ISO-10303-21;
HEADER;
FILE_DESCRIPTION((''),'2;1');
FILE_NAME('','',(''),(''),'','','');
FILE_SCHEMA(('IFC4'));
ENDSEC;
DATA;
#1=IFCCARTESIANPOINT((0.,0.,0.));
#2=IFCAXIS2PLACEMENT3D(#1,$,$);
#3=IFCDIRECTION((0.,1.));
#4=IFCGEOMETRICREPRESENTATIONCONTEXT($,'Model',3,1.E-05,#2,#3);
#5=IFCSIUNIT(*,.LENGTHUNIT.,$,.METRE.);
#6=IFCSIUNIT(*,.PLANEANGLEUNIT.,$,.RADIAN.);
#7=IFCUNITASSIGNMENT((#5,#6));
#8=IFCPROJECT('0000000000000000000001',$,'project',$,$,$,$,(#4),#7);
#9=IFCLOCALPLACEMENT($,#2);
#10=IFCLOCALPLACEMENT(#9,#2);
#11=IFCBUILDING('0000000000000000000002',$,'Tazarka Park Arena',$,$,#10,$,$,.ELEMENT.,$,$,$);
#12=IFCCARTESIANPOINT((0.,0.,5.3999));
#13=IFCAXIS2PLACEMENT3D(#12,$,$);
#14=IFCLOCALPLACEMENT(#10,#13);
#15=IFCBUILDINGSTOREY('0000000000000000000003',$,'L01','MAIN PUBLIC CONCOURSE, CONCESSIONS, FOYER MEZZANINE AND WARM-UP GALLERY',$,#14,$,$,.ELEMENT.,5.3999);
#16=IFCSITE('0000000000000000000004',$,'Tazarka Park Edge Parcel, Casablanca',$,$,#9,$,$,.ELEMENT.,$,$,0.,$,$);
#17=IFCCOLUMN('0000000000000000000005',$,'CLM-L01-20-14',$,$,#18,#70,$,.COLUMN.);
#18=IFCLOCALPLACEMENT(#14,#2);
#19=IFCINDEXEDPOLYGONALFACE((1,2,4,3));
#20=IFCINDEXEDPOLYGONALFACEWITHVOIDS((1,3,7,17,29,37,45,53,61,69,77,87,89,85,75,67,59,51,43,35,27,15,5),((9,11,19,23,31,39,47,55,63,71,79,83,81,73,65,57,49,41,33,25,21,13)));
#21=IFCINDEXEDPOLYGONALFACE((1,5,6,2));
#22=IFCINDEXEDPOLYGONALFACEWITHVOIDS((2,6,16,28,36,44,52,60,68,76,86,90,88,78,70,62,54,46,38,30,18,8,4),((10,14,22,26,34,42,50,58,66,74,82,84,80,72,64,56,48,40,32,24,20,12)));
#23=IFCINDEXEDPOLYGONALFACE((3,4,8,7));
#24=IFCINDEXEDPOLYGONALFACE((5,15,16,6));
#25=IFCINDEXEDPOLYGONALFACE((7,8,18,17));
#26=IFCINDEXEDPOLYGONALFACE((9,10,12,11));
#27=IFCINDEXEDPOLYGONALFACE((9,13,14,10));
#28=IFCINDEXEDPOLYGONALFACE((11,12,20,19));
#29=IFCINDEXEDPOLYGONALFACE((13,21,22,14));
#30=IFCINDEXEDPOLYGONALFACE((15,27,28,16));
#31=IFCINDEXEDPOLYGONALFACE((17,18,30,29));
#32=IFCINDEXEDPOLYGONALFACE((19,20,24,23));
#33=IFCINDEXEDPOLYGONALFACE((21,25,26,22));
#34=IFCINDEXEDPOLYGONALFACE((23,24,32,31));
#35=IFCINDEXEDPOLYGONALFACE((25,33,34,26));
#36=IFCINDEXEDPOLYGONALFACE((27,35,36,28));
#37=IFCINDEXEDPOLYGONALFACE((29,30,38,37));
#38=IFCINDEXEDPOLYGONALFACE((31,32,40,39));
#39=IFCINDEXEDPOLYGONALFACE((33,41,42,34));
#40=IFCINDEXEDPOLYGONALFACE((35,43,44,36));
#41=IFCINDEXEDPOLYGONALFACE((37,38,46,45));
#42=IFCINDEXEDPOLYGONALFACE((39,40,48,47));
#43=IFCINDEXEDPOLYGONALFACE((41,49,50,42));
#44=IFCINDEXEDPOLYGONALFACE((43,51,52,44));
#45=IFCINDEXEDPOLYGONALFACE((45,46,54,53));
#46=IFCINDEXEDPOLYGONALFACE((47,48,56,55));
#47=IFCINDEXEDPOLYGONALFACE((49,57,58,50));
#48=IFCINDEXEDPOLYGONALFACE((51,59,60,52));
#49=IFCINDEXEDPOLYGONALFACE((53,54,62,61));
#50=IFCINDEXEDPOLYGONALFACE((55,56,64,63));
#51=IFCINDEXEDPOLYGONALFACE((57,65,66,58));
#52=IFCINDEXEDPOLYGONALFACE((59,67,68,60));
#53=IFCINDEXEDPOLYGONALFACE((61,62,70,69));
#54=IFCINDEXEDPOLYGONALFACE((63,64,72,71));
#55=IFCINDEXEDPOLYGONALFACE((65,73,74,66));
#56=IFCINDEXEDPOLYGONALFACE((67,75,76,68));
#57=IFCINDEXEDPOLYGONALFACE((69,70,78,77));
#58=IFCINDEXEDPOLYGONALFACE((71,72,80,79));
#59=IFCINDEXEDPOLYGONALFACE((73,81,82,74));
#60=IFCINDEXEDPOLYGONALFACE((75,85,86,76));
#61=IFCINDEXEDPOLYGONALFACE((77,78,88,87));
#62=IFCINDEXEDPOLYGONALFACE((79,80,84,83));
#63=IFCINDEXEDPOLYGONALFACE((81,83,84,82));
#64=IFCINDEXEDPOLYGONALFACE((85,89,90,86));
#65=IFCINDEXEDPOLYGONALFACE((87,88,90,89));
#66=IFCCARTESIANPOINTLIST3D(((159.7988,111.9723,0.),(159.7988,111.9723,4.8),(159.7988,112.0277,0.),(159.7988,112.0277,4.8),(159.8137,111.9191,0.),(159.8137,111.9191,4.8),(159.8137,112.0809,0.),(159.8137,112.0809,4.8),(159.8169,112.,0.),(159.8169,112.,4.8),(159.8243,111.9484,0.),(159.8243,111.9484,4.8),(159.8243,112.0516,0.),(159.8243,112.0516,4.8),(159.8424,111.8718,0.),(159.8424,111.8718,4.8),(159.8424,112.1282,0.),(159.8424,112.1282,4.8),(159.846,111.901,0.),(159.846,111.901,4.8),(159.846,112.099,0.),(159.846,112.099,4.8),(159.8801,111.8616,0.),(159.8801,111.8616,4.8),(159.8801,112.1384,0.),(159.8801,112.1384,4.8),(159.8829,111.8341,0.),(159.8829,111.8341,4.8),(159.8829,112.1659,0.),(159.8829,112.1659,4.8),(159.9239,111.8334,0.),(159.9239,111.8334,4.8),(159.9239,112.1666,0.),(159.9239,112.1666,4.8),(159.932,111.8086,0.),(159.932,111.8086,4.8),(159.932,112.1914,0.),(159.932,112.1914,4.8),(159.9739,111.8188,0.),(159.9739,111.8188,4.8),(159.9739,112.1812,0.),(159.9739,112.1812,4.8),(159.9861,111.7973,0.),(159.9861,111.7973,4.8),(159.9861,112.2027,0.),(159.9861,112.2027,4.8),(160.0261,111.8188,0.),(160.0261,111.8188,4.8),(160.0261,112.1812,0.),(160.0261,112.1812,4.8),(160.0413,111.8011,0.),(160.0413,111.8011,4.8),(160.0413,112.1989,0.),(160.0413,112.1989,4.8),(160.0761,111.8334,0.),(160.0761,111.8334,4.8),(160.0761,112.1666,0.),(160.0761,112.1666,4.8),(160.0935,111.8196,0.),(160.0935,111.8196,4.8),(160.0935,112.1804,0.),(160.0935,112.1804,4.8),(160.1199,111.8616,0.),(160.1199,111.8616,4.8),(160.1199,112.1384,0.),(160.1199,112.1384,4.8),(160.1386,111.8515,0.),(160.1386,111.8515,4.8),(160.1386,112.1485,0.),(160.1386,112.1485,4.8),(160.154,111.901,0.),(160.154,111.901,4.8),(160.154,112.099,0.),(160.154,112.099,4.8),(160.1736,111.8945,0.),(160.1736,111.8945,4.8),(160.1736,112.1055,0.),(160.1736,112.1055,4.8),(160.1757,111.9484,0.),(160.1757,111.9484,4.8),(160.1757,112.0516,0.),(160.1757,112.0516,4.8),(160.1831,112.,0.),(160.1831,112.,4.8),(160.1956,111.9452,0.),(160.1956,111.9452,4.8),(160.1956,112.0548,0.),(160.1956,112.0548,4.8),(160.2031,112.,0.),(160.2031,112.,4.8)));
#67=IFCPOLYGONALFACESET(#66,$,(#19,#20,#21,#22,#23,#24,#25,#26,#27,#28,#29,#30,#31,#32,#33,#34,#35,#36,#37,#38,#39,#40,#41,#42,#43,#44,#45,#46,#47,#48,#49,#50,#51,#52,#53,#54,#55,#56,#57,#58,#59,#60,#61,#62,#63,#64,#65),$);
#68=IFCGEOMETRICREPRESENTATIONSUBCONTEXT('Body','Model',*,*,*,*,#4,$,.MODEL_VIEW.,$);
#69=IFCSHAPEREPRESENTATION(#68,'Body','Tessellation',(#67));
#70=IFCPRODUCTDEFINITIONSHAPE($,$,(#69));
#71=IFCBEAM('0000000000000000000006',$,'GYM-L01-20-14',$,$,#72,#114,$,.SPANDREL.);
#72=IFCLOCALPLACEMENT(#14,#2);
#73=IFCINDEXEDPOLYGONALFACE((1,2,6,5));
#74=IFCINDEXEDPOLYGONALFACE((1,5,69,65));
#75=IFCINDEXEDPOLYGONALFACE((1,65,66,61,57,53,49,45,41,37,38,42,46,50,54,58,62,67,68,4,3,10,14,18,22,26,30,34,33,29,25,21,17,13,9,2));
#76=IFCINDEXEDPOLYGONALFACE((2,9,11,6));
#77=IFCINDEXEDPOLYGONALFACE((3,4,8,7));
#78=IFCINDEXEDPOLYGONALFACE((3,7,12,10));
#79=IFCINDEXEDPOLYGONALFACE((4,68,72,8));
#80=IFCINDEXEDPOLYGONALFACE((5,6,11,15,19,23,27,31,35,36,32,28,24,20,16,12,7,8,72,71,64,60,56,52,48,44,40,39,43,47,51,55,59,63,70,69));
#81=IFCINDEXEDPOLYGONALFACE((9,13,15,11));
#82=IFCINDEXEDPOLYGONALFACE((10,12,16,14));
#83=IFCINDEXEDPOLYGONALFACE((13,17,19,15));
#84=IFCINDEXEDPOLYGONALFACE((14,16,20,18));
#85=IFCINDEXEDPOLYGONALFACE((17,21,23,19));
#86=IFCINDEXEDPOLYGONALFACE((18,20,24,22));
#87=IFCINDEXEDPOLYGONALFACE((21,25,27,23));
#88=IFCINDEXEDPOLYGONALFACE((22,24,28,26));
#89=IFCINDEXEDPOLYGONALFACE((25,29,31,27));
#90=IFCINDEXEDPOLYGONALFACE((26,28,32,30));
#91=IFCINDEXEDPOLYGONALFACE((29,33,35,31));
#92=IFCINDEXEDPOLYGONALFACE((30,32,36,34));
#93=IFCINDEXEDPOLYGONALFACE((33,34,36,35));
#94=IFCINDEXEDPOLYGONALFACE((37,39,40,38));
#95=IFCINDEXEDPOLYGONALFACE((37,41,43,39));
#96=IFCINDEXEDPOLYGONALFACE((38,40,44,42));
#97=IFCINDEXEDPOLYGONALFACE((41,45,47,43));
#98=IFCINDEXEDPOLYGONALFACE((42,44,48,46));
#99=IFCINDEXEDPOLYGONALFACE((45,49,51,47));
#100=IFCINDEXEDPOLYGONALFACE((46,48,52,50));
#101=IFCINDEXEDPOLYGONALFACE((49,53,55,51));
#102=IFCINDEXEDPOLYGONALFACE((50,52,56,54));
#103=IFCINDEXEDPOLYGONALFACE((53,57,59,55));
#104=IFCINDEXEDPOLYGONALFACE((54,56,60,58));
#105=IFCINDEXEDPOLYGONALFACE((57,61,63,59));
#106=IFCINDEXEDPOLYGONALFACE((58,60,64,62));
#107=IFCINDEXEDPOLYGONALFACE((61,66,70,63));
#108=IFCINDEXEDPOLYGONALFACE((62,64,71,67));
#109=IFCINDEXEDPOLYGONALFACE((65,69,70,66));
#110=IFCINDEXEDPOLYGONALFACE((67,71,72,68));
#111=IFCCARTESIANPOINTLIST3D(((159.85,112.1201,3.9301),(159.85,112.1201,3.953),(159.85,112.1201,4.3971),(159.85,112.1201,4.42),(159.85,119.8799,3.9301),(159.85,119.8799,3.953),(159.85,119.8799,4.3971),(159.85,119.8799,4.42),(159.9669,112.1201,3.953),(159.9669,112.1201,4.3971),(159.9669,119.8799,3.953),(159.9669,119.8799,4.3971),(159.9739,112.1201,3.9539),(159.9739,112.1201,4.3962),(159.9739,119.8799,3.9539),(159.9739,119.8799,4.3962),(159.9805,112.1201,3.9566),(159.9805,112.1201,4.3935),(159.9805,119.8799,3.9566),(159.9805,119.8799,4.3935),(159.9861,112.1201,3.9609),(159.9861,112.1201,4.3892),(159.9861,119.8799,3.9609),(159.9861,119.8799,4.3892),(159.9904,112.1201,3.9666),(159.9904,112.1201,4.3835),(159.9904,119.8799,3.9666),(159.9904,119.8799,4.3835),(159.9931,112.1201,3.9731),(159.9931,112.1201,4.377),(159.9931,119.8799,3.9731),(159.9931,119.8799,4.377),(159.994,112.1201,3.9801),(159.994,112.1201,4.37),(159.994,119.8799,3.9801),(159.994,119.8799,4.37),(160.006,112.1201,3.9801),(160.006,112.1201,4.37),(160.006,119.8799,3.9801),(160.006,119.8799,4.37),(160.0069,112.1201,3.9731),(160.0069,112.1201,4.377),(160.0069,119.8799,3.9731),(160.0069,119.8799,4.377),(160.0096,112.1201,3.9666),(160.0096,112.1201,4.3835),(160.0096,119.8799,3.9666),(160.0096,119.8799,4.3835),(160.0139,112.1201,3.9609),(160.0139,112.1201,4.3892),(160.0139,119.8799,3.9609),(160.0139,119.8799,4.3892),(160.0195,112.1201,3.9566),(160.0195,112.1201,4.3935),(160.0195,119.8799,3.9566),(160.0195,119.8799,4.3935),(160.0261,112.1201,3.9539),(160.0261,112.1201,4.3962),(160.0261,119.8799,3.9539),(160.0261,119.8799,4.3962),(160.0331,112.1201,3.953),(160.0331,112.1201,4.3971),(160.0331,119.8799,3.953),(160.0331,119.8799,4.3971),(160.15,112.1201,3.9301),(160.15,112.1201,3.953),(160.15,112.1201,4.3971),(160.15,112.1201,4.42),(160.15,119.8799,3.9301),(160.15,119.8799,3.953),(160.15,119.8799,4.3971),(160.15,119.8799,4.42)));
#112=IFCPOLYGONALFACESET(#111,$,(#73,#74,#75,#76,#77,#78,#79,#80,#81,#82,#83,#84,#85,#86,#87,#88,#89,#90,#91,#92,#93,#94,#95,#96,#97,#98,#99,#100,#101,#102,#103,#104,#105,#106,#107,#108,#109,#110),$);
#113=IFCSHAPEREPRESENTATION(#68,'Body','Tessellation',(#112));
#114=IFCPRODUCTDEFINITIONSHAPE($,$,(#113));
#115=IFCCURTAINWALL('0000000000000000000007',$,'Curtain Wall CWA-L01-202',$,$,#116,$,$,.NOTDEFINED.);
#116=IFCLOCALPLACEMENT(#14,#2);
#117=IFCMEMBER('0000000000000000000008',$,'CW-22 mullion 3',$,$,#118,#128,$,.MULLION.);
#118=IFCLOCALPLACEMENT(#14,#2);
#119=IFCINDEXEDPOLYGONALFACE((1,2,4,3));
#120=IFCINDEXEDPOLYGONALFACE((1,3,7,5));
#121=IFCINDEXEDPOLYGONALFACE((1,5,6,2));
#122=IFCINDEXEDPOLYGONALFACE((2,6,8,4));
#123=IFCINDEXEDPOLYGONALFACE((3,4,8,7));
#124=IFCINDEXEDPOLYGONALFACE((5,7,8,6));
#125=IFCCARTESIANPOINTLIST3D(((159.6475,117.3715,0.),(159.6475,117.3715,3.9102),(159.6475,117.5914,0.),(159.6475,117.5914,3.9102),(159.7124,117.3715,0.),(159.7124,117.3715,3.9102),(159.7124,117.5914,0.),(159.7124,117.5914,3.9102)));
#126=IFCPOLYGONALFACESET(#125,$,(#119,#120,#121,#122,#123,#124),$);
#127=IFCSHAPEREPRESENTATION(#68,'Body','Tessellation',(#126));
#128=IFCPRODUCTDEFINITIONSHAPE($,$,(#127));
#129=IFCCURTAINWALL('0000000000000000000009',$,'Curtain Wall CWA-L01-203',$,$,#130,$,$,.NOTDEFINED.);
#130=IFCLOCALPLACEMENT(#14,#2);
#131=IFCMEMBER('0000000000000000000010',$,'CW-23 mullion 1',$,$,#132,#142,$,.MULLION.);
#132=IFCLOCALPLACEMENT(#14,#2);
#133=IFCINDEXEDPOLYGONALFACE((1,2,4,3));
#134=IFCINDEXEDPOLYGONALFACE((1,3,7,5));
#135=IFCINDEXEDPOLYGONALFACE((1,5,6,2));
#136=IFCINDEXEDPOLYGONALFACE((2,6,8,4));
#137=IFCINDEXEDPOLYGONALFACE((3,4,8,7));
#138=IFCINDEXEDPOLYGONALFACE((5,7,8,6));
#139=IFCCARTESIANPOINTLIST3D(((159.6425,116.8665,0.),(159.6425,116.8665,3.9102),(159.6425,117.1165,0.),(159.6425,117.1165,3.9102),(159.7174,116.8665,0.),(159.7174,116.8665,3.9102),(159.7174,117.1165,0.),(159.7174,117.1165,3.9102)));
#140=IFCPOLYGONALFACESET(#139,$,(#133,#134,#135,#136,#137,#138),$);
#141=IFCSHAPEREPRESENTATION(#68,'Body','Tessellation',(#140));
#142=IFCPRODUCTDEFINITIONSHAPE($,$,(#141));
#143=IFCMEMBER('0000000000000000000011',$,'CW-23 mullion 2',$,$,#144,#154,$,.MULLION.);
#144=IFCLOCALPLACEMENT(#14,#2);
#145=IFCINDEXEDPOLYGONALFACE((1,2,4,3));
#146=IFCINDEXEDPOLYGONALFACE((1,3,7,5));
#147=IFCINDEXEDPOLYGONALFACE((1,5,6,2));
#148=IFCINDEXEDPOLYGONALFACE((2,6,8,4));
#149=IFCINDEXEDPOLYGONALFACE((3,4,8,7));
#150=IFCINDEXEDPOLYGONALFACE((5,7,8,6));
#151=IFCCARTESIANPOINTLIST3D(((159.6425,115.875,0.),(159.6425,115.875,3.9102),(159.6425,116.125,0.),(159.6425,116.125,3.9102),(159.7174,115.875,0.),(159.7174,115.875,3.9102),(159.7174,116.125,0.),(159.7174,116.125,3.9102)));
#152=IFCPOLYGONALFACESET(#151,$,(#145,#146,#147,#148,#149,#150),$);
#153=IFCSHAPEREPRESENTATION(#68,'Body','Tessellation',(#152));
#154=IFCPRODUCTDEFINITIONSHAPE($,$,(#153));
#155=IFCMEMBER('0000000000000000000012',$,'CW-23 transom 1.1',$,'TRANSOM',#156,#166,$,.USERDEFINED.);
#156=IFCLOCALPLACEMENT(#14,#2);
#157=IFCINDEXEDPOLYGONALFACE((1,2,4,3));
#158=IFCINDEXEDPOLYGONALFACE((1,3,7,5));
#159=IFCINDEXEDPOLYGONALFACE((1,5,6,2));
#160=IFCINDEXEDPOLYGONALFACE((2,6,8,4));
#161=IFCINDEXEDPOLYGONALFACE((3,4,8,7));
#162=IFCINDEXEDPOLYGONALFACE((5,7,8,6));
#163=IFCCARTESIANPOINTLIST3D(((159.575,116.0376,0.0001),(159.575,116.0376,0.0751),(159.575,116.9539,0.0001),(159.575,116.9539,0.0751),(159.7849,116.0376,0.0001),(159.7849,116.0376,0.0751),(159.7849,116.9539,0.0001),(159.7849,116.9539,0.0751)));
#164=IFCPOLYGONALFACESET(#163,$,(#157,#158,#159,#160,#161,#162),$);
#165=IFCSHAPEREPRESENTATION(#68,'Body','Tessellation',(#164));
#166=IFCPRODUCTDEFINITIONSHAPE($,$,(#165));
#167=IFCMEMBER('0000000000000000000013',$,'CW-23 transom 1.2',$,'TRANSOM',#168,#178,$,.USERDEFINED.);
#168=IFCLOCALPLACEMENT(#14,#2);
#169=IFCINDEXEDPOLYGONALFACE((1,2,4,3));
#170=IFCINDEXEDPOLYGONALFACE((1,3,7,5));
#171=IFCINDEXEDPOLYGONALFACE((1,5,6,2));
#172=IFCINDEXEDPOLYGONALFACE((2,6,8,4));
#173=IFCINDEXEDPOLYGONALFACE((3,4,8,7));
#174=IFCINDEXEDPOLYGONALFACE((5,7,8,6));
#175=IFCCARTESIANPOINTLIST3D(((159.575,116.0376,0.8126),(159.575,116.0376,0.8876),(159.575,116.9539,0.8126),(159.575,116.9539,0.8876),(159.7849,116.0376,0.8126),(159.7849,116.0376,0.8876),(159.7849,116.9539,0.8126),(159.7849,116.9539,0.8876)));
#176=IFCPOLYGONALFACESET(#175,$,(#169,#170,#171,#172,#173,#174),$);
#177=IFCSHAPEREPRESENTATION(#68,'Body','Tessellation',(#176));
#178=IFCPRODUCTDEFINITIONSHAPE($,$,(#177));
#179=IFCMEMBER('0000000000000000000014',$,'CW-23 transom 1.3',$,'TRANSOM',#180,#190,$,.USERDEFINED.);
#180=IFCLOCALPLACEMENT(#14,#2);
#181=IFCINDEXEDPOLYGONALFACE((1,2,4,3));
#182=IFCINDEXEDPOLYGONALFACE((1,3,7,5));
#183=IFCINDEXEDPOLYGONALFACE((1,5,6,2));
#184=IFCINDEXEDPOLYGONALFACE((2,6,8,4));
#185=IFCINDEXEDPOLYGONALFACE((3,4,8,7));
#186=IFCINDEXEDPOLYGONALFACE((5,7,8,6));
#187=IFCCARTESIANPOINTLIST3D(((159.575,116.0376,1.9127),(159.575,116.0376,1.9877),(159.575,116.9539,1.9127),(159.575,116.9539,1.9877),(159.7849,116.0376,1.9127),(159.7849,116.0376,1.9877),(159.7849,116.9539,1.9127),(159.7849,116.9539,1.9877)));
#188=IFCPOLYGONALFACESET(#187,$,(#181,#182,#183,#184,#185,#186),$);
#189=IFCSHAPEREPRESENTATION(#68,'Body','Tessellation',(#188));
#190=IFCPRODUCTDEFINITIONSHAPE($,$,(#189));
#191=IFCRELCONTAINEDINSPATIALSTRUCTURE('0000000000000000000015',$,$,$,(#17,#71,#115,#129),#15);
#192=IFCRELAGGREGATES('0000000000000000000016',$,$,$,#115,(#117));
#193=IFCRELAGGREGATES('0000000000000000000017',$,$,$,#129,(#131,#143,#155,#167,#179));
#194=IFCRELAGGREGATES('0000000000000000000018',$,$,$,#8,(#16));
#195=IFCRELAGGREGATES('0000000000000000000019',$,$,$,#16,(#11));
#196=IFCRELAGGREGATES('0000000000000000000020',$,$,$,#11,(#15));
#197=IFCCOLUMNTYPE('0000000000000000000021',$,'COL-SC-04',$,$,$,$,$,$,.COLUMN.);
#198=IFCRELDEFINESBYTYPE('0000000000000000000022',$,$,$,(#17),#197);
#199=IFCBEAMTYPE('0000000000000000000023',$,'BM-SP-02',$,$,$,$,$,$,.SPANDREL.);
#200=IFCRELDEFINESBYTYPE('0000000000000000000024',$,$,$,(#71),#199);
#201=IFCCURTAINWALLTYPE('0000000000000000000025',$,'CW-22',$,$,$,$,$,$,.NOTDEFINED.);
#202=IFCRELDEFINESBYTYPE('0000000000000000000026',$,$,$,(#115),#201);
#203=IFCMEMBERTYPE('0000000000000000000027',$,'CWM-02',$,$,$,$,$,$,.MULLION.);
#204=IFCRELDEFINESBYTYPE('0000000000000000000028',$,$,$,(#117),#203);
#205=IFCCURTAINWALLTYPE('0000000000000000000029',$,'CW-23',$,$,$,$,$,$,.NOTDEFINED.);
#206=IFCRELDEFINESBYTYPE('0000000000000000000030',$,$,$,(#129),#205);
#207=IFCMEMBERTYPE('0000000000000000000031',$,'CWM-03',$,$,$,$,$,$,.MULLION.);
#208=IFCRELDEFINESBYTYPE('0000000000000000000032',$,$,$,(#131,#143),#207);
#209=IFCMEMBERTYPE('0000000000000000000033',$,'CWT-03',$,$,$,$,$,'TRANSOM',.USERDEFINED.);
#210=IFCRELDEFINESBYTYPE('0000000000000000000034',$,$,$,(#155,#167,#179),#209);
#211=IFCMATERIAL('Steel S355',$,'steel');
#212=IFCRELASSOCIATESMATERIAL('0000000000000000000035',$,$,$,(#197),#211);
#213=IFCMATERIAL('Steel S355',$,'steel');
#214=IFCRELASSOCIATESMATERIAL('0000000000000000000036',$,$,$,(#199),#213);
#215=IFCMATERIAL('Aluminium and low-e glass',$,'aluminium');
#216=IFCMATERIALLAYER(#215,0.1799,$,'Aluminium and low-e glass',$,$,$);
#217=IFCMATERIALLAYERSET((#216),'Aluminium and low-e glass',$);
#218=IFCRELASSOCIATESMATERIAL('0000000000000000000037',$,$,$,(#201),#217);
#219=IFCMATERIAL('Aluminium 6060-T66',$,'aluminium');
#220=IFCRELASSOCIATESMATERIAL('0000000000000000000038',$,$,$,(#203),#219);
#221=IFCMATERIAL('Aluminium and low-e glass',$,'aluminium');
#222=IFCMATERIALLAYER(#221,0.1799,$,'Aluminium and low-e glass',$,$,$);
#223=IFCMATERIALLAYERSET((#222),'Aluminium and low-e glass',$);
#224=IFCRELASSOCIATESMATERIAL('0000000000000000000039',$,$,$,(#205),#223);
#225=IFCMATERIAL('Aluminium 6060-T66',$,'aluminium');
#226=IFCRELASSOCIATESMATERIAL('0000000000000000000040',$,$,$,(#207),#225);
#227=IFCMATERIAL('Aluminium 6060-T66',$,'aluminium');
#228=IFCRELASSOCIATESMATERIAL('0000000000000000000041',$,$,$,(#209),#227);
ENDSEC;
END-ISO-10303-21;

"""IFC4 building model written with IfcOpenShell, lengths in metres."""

from ifc_helpers import new_model, si_unit, direction, frame, origin, origin_2d, place, context, subcontext, project, spatial, rectangle, hollow_circle, i_section, extrude, material, layer, layer_set, material_profile, profile_set, type_object, element, aggregate, save


model = new_model("IFC4")

# Units and contexts
model_context = context("Model", 3, precision=1e-05, world=origin(), true_north=direction((0.0, 1.0)))
body_context = subcontext(model_context, "Body", "Model", "MODEL_VIEW")
ifc_project = project(units=[si_unit("LENGTHUNIT", "METRE"), si_unit("PLANEANGLEUNIT", "RADIAN")], contexts=[model_context])

# Site, building, storey
site_placement = place(None, origin())
site = spatial("IfcSite", under=ifc_project, at=site_placement, Name="Tazarka Park Edge Parcel, Casablanca", CompositionType="ELEMENT", RefElevation=0.0)
building_placement = place(site_placement, origin())
building = spatial("IfcBuilding", under=site, at=building_placement, Name="Tazarka Park Arena", CompositionType="ELEMENT")
storey_placement = place(building_placement, frame((0.0, 0.0, 5.3999)))
storey = spatial("IfcBuildingStorey", under=building, at=storey_placement, Name="L01", Description="MAIN PUBLIC CONCOURSE, CONCESSIONS, FOYER MEZZANINE AND WARM-UP GALLERY", CompositionType="ELEMENT", Elevation=5.3999)

# Column
ifc_material_1 = material(Name="Steel S355", Category="steel")
ifc_material_profile_1 = material_profile(ifc_material_1, hollow_circle(Radius=0.2031, WallThickness=0.02, at=origin_2d()), Name="Steel S355")
ifc_profile_set_1 = profile_set([ifc_material_profile_1], Name="Steel S355")
column_type = type_object("IfcColumnType", Name="COL-SC-04", PredefinedType="COLUMN", material=ifc_profile_set_1)
column_placement = place(storey_placement, frame((160.0, 112.0, 0.0), z_axis=(0.0, 0.0, 1.0), x_axis=(1.0, 0.0, 0.0)))
element("IfcColumn", 1, at=column_placement, inside=storey, type_object=column_type, Name="CLM-L01-20-14", PredefinedType="COLUMN", context=body_context, shape_type="SweptSolid", body=[
    extrude(hollow_circle(Radius=0.2031, WallThickness=0.02, at=origin_2d()), origin(), (0.0, 0.0, 1.0), 4.8),
])

# Beam
ifc_material_2 = material(Name="Steel S355", Category="steel")
ifc_material_profile_2 = material_profile(ifc_material_2, i_section(OverallWidth=0.3, OverallDepth=0.49, WebThickness=0.012, FlangeThickness=0.0229, FilletRadius=0.0271, at=origin_2d()), Name="Steel S355")
ifc_profile_set_2 = profile_set([ifc_material_profile_2], Name="Steel S355")
beam_type = type_object("IfcBeamType", Name="BM-SP-02", PredefinedType="SPANDREL", material=ifc_profile_set_2)
beam_placement = place(storey_placement, frame((160.0, 112.1201, 4.175), z_axis=(0.0, 1.0, 0.0), x_axis=(-1.0, 0.0, 0.0)))
element("IfcBeam", 2, at=beam_placement, inside=storey, type_object=beam_type, Name="GYM-L01-20-14", PredefinedType="SPANDREL", context=body_context, shape_type="SweptSolid", body=[
    extrude(i_section(OverallWidth=0.3, OverallDepth=0.49, WebThickness=0.012, FlangeThickness=0.0229, FilletRadius=0.0271, at=origin_2d()), origin(), (0.0, 0.0, 1.0), 7.7598),
])

# Curtain wall, member
ifc_material_3 = material(Name="Aluminium and low-e glass", Category="aluminium")
ifc_layer_1 = layer(ifc_material_3, 0.1799, Name="Aluminium and low-e glass")
ifc_layer_set_1 = layer_set([ifc_layer_1], Name="Aluminium and low-e glass")
curtain_wall_type_1 = type_object("IfcCurtainWallType", Name="CW-22", PredefinedType="NOTDEFINED", material=ifc_layer_set_1)
curtain_wall_1_placement = place(storey_placement, origin())
curtain_wall_1 = element("IfcCurtainWall", 3, at=curtain_wall_1_placement, inside=storey, type_object=curtain_wall_type_1, Name="Curtain Wall CWA-L01-202", PredefinedType="NOTDEFINED")
ifc_material_4 = material(Name="Aluminium 6060-T66", Category="aluminium")
ifc_material_profile_3 = material_profile(ifc_material_4, rectangle(XDim=0.0649, YDim=0.22, at=origin_2d()), Name="Aluminium 6060-T66")
ifc_profile_set_3 = profile_set([ifc_material_profile_3], Name="Aluminium 6060-T66")
member_type_1 = type_object("IfcMemberType", Name="CWM-02", PredefinedType="MULLION", material=ifc_profile_set_3)
member_1_placement = place(storey_placement, frame((159.6799, 117.4814, 0.0), z_axis=(0.0, 0.0, 1.0), x_axis=(1.0, 0.0, 0.0)))
member_1 = element("IfcMember", 4, at=member_1_placement, type_object=member_type_1, Name="CW-22 mullion 3", PredefinedType="MULLION", context=body_context, shape_type="SweptSolid", body=[
    extrude(rectangle(XDim=0.0649, YDim=0.22, at=origin_2d()), origin(), (0.0, 0.0, 1.0), 3.9102),
])

# Curtain wall, members
ifc_material_5 = material(Name="Aluminium and low-e glass", Category="aluminium")
ifc_layer_2 = layer(ifc_material_5, 0.1799, Name="Aluminium and low-e glass")
ifc_layer_set_2 = layer_set([ifc_layer_2], Name="Aluminium and low-e glass")
curtain_wall_type_2 = type_object("IfcCurtainWallType", Name="CW-23", PredefinedType="NOTDEFINED", material=ifc_layer_set_2)
curtain_wall_2_placement = place(storey_placement, origin())
curtain_wall_2 = element("IfcCurtainWall", 5, at=curtain_wall_2_placement, inside=storey, type_object=curtain_wall_type_2, Name="Curtain Wall CWA-L01-203", PredefinedType="NOTDEFINED")
ifc_material_6 = material(Name="Aluminium 6060-T66", Category="aluminium")
ifc_material_profile_4 = material_profile(ifc_material_6, rectangle(XDim=0.075, YDim=0.25, at=origin_2d()), Name="Aluminium 6060-T66")
ifc_profile_set_4 = profile_set([ifc_material_profile_4], Name="Aluminium 6060-T66")
member_type_2 = type_object("IfcMemberType", Name="CWM-03", PredefinedType="MULLION", material=ifc_profile_set_4)
member_2_placement = place(storey_placement, frame((159.6799, 116.9915, 0.0), z_axis=(0.0, 0.0, 1.0), x_axis=(1.0, 0.0, 0.0)))
member_2 = element("IfcMember", 6, at=member_2_placement, type_object=member_type_2, Name="CW-23 mullion 1", PredefinedType="MULLION", context=body_context, shape_type="SweptSolid", body=[
    extrude(rectangle(XDim=0.075, YDim=0.25, at=origin_2d()), origin(), (0.0, 0.0, 1.0), 3.9102),
])
member_3_placement = place(storey_placement, frame((159.6799, 116.0, 0.0), z_axis=(0.0, 0.0, 1.0), x_axis=(1.0, 0.0, 0.0)))
member_3 = element("IfcMember", 7, at=member_3_placement, type_object=member_type_2, Name="CW-23 mullion 2", PredefinedType="MULLION", context=body_context, shape_type="SweptSolid", body=[
    extrude(rectangle(XDim=0.075, YDim=0.25, at=origin_2d()), origin(), (0.0, 0.0, 1.0), 3.9102),
])
ifc_material_7 = material(Name="Aluminium 6060-T66", Category="aluminium")
ifc_material_profile_5 = material_profile(ifc_material_7, rectangle(XDim=0.21, YDim=0.075, at=origin_2d()), Name="Aluminium 6060-T66")
ifc_profile_set_5 = profile_set([ifc_material_profile_5], Name="Aluminium 6060-T66")
member_type_3 = type_object("IfcMemberType", Name="CWT-03", ElementType="TRANSOM", PredefinedType="USERDEFINED", material=ifc_profile_set_5)
member_4_placement = place(storey_placement, frame((159.6799, 116.9539, 0.0376), z_axis=(0.0, -1.0, 0.0), x_axis=(1.0, 0.0, 0.0)))
member_4 = element("IfcMember", 8, at=member_4_placement, type_object=member_type_3, Name="CW-23 transom 1.1", ObjectType="TRANSOM", PredefinedType="USERDEFINED", context=body_context, shape_type="SweptSolid", body=[
    extrude(rectangle(XDim=0.21, YDim=0.075, at=origin_2d()), origin(), (0.0, 0.0, 1.0), 0.9163),
])
member_5_placement = place(storey_placement, frame((159.6799, 116.9539, 0.8501), z_axis=(0.0, -1.0, 0.0), x_axis=(1.0, 0.0, 0.0)))
member_5 = element("IfcMember", 9, at=member_5_placement, type_object=member_type_3, Name="CW-23 transom 1.2", ObjectType="TRANSOM", PredefinedType="USERDEFINED", context=body_context, shape_type="SweptSolid", body=[
    extrude(rectangle(XDim=0.21, YDim=0.075, at=origin_2d()), origin(), (0.0, 0.0, 1.0), 0.9163),
])
member_6_placement = place(storey_placement, frame((159.6799, 116.9539, 1.9502), z_axis=(0.0, -1.0, 0.0), x_axis=(1.0, 0.0, 0.0)))
member_6 = element("IfcMember", 10, at=member_6_placement, type_object=member_type_3, Name="CW-23 transom 1.3", ObjectType="TRANSOM", PredefinedType="USERDEFINED", context=body_context, shape_type="SweptSolid", body=[
    extrude(rectangle(XDim=0.21, YDim=0.075, at=origin_2d()), origin(), (0.0, 0.0, 1.0), 0.9163),
])

aggregate(curtain_wall_1, [member_1])
aggregate(curtain_wall_2, [member_2, member_3, member_4, member_5, member_6])

save(model, "model.ifc")
